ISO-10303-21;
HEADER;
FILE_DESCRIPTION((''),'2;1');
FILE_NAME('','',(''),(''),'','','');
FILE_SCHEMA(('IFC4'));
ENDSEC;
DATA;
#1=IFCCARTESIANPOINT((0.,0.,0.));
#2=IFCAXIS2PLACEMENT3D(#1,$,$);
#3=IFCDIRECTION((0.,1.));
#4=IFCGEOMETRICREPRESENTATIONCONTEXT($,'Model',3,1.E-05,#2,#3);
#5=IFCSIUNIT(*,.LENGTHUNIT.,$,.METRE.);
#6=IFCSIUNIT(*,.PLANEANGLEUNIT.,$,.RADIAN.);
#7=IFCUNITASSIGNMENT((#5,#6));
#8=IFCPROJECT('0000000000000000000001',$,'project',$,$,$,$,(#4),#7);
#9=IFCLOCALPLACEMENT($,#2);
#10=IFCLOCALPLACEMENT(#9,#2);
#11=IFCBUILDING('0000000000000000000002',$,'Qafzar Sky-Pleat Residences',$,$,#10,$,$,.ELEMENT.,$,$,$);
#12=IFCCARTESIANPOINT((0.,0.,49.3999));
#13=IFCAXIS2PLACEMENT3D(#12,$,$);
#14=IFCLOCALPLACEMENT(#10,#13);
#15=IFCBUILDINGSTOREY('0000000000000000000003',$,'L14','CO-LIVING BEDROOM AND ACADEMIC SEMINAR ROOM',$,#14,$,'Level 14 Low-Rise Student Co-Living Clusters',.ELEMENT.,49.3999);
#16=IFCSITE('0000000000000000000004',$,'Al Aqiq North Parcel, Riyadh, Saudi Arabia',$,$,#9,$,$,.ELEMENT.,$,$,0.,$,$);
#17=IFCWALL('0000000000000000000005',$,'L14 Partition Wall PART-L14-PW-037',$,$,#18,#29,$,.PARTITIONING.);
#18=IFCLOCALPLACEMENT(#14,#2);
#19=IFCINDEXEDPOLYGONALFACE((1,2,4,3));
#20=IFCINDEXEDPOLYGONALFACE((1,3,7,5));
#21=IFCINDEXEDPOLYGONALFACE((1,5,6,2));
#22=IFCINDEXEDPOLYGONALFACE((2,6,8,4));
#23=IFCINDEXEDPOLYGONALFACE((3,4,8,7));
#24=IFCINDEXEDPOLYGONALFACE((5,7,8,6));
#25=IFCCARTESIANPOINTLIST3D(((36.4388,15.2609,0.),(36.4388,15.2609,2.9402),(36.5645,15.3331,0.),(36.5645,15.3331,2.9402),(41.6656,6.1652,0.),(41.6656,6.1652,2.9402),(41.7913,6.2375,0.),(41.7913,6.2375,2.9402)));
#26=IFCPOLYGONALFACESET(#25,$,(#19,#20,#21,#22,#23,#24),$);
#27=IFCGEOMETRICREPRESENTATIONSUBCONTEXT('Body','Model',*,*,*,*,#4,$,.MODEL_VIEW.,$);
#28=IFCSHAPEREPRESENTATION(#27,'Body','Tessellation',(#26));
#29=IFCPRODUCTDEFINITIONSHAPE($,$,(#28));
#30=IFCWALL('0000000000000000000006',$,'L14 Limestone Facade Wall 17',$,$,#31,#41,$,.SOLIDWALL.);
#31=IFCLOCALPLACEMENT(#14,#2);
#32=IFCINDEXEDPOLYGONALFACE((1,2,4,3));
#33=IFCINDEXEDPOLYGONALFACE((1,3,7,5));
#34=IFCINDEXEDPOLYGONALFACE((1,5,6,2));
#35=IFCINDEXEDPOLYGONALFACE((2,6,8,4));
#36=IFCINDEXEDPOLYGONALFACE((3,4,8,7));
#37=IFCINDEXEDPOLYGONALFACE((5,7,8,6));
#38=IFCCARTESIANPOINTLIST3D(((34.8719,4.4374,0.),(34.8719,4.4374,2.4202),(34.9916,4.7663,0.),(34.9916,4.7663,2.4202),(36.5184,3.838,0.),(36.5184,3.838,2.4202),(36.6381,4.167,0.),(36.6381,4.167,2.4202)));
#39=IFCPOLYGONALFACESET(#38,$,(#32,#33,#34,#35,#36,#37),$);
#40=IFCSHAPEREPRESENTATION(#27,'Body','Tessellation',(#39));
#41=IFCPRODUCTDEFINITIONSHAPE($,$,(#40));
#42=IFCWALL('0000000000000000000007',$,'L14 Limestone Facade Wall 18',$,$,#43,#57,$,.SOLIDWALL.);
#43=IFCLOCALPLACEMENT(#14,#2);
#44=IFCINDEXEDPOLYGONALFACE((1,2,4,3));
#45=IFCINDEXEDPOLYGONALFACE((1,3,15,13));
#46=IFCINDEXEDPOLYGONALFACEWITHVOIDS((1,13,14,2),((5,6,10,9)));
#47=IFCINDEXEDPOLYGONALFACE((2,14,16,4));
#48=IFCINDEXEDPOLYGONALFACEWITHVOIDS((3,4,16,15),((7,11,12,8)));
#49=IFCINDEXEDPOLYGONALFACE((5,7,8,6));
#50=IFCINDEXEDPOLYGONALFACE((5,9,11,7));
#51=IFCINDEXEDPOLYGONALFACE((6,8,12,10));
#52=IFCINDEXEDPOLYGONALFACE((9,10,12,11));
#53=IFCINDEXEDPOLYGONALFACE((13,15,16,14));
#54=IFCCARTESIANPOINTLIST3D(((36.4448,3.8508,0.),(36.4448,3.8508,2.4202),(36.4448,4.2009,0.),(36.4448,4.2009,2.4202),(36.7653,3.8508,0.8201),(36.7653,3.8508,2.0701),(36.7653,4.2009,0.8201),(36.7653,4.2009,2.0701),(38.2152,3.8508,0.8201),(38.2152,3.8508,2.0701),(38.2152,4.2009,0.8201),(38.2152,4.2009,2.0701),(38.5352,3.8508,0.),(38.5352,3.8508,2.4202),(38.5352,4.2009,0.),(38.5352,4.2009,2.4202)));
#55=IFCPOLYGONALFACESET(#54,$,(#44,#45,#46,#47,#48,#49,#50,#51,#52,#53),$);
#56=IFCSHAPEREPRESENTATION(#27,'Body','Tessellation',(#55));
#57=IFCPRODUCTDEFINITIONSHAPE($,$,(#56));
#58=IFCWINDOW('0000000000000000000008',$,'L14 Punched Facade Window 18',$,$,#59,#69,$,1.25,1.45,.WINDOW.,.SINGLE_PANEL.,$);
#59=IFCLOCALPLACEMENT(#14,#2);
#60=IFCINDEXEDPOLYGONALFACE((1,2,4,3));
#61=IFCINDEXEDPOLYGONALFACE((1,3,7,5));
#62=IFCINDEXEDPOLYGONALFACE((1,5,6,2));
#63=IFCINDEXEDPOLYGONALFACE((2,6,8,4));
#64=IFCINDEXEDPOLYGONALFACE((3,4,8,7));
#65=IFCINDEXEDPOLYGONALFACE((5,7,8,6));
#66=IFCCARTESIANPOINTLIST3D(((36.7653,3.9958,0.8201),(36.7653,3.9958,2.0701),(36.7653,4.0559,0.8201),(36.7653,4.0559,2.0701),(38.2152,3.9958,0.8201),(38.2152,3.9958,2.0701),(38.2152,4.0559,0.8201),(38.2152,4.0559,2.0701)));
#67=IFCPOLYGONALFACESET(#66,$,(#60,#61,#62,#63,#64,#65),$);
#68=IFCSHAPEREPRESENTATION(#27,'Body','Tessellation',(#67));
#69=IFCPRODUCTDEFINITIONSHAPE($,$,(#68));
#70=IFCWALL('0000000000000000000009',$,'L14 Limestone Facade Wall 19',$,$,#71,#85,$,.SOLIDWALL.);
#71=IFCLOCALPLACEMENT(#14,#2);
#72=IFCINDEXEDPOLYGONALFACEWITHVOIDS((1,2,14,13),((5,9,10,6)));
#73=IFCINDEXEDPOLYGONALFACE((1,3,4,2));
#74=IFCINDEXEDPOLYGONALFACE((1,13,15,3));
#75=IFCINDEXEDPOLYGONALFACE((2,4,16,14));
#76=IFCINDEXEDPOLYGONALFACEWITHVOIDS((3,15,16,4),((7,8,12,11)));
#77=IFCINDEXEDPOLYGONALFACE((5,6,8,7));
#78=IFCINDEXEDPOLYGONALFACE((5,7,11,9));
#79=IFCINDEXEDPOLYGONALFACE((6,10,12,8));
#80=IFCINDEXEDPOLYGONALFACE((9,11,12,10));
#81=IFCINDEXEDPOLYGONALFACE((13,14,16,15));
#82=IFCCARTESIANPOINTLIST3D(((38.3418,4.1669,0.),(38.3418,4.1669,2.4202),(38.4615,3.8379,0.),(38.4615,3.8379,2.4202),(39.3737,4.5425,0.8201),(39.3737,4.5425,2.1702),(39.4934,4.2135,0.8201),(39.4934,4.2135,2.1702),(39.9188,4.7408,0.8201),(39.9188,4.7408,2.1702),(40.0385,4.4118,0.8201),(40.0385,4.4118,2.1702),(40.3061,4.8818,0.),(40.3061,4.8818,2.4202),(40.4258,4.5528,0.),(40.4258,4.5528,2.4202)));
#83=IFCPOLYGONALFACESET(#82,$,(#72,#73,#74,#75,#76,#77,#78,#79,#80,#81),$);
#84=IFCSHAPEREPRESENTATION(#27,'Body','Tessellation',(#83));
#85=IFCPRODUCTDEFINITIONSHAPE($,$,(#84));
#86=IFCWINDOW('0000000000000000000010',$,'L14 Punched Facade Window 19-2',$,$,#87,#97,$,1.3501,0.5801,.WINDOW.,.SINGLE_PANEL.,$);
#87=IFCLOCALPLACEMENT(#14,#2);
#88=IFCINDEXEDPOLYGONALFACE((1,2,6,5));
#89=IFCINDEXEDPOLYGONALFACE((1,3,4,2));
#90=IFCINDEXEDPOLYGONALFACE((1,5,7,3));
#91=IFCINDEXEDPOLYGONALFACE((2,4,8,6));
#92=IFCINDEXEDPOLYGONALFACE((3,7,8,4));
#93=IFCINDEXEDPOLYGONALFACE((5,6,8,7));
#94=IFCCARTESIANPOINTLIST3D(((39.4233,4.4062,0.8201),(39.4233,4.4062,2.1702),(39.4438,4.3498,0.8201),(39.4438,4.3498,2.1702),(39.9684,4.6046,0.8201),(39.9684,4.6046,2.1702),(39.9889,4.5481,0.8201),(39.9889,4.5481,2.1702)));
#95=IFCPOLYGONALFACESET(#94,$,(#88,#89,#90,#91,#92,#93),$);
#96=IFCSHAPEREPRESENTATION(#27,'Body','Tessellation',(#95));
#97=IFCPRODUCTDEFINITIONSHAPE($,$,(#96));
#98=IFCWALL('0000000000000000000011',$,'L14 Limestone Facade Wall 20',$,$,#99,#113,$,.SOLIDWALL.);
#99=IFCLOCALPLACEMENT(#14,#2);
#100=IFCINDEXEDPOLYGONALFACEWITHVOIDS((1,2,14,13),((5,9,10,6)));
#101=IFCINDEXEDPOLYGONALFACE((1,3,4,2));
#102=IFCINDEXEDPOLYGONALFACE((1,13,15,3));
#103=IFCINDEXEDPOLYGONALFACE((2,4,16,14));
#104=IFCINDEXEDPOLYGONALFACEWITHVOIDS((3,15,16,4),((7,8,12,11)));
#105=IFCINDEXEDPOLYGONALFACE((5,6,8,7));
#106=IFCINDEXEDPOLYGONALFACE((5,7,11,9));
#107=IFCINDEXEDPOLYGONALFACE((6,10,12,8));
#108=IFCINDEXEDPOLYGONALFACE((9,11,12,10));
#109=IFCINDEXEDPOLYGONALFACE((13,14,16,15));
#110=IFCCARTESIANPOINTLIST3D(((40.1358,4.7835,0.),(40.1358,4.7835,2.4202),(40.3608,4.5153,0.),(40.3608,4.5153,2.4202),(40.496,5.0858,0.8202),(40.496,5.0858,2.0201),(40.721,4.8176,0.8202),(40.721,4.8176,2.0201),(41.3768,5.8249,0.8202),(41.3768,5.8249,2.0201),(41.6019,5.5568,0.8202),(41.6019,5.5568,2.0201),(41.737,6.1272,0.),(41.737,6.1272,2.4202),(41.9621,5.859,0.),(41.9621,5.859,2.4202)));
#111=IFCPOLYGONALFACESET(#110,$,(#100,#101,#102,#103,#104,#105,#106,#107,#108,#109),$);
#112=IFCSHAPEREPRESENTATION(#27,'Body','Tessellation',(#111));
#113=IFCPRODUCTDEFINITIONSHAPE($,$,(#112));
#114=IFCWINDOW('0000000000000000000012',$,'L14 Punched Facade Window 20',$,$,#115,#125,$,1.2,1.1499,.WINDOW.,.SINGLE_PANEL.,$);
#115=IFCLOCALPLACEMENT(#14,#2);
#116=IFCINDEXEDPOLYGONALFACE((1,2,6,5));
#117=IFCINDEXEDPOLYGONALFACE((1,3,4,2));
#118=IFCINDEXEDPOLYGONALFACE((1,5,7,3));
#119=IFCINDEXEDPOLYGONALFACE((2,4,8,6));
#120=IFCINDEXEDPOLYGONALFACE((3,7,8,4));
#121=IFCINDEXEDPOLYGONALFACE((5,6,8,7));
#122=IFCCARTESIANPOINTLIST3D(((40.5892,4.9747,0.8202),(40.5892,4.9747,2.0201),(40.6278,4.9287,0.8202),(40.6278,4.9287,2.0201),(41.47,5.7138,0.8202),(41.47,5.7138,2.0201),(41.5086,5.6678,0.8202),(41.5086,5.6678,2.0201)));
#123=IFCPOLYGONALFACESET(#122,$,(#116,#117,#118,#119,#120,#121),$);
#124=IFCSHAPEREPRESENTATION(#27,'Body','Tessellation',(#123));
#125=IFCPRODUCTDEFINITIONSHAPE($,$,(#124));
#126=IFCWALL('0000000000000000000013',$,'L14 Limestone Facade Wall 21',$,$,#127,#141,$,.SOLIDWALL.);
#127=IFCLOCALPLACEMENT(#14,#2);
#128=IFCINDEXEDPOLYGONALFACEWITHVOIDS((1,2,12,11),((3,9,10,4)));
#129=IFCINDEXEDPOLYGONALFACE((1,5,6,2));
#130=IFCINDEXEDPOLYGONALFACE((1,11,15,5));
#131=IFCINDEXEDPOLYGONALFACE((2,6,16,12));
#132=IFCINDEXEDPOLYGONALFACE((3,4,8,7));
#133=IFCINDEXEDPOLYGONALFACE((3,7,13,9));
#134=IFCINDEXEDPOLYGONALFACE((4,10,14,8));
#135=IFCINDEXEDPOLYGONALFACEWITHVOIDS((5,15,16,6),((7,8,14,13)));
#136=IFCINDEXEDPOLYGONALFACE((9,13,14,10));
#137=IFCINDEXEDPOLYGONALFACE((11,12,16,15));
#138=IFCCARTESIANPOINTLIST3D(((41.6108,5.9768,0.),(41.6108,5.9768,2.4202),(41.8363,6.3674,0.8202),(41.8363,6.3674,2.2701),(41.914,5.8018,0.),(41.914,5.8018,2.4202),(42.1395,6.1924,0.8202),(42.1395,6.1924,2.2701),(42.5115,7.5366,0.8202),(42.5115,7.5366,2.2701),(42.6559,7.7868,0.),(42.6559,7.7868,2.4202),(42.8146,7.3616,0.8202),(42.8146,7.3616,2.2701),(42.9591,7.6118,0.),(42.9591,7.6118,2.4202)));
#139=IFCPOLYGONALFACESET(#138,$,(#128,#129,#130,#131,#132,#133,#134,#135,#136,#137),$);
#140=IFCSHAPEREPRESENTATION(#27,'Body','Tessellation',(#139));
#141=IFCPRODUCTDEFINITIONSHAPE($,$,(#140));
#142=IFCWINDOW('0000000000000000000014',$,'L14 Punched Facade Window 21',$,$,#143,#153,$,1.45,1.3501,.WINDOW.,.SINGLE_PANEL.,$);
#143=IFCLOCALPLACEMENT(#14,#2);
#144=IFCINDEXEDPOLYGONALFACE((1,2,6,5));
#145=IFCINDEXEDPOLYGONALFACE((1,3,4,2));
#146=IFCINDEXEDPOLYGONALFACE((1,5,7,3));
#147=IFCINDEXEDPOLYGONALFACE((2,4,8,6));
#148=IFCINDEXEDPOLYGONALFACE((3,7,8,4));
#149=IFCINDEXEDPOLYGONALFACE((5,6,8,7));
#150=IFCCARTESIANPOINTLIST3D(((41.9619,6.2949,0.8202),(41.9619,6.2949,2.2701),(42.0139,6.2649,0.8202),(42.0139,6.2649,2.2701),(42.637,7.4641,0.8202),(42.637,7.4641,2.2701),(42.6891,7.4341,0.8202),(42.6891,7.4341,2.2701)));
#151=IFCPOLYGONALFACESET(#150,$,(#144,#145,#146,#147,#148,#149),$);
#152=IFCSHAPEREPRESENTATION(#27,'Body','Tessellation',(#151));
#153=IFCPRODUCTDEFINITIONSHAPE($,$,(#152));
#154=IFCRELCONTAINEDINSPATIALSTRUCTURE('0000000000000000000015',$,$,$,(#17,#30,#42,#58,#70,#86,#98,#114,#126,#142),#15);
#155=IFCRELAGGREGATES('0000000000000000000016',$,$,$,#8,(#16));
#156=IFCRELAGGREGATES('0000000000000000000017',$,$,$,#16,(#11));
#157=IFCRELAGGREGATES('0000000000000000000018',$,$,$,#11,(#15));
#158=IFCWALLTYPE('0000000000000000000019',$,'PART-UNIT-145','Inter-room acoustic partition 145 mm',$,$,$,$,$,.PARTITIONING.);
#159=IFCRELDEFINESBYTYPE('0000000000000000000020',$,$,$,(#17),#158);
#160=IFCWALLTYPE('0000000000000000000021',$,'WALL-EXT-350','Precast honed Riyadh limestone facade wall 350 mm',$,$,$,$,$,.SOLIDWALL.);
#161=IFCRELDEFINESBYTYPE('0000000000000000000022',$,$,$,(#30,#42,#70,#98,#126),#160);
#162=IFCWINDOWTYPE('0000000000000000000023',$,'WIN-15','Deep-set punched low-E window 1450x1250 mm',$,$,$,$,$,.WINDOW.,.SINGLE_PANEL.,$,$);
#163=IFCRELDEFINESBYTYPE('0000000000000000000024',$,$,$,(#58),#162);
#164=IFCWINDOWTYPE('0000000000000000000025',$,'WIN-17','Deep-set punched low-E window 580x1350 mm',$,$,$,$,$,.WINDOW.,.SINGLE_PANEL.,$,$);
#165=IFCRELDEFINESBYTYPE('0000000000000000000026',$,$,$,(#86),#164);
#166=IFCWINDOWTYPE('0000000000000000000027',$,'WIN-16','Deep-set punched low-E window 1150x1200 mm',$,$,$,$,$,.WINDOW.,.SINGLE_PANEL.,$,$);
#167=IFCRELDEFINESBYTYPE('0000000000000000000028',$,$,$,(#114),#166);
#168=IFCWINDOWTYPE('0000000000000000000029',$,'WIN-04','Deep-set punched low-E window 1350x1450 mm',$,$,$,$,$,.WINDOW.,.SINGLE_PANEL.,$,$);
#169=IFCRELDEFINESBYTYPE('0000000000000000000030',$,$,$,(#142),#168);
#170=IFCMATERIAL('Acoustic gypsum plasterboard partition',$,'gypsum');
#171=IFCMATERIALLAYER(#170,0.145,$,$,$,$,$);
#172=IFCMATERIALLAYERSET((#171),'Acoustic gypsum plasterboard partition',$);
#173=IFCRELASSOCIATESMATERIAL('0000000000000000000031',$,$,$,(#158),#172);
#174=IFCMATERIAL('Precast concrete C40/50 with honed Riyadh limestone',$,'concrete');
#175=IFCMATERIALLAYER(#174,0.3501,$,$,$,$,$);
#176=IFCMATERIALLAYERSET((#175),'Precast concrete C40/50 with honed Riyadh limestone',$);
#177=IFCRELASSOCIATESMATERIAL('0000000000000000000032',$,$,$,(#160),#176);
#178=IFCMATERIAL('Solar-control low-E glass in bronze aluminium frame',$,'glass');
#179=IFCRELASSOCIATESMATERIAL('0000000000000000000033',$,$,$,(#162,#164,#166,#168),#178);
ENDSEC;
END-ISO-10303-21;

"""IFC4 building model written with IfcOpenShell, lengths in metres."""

from ifc_helpers import new_model, si_unit, direction, frame, frame_2d, origin, place, context, subcontext, project, spatial, rectangle, extrude, source, transform, mapped, material, layer, layer_set, type_object, element, fill, save


model = new_model("IFC4")

# Units and contexts
model_context = context("Model", 3, precision=1e-05, world=origin(), true_north=direction((0.0, 1.0)))
body_context = subcontext(model_context, "Body", "Model", "MODEL_VIEW")
ifc_project = project(units=[si_unit("LENGTHUNIT", "METRE"), si_unit("PLANEANGLEUNIT", "RADIAN")], contexts=[model_context])

# Site, building, storey
site_placement = place(None, origin())
site = spatial("IfcSite", under=ifc_project, at=site_placement, Name="Al Aqiq North Parcel, Riyadh, Saudi Arabia", CompositionType="ELEMENT", RefElevation=0.0)
building_placement = place(site_placement, origin())
building = spatial("IfcBuilding", under=site, at=building_placement, Name="Qafzar Sky-Pleat Residences", CompositionType="ELEMENT")
storey_placement = place(building_placement, frame((0.0, 0.0, 49.3999)))
storey = spatial("IfcBuildingStorey", under=building, at=storey_placement, Name="L14", Description="CO-LIVING BEDROOM AND ACADEMIC SEMINAR ROOM", LongName="Level 14 Low-Rise Student Co-Living Clusters", CompositionType="ELEMENT", Elevation=49.3999)

# Shared definitions
ifc_material_1 = material(Name="Acoustic gypsum plasterboard partition", Category="gypsum")

# Walls
ifc_layer_1 = layer(ifc_material_1, 0.145)
ifc_layer_set_1 = layer_set([ifc_layer_1], Name="Acoustic gypsum plasterboard partition")
wall_type_1 = type_object("IfcWallType", Name="PART-UNIT-145", Description="Inter-room acoustic partition 145 mm", PredefinedType="PARTITIONING", material=ifc_layer_set_1)
wall_1_placement = place(storey_placement, frame((36.5017, 15.2969, 0.0), z_axis=(0.0, 0.0, 1.0), x_axis=(0.49824, -0.867039, 0.0)))
element("IfcWall", 1, at=wall_1_placement, inside=storey, type_object=wall_type_1, Name="L14 Partition Wall PART-L14-PW-037", PredefinedType="PARTITIONING", context=body_context, shape_type="SweptSolid", body=[
    extrude(rectangle(XDim=10.4905, YDim=0.145, at=frame_2d((5.2451, 0.0))), origin(), (0.0, 0.0, 1.0), 2.9402),
])
ifc_material_2 = material(Name="Precast concrete C40/50 with honed Riyadh limestone", Category="concrete")
ifc_layer_2 = layer(ifc_material_2, 0.3501)
ifc_layer_set_2 = layer_set([ifc_layer_2], Name="Precast concrete C40/50 with honed Riyadh limestone")
wall_type_2 = type_object("IfcWallType", Name="WALL-EXT-350", Description="Precast honed Riyadh limestone facade wall 350 mm", PredefinedType="SOLIDWALL", material=ifc_layer_set_2)
wall_2_placement = place(storey_placement, frame((34.9319, 4.6018, 0.0), z_axis=(0.0, 0.0, 1.0), x_axis=(0.939675, -0.342067, 0.0)))
element("IfcWall", 2, at=wall_2_placement, inside=storey, type_object=wall_type_2, Name="L14 Limestone Facade Wall 17", PredefinedType="SOLIDWALL", context=body_context, shape_type="SweptSolid", body=[
    extrude(rectangle(XDim=1.7522, YDim=0.3501, at=frame_2d((0.876, 0.0))), origin(), (0.0, 0.0, 1.0), 2.4202),
])

# Walls, openings, windows
wall_3_placement = place(storey_placement, frame((36.4448, 4.0259, 0.0), z_axis=(0.0, 0.0, 1.0), x_axis=(1.0, 0.0, 0.0)))
wall_3 = element("IfcWall", 3, at=wall_3_placement, inside=storey, type_object=wall_type_2, Name="L14 Limestone Facade Wall 18", PredefinedType="SOLIDWALL", context=body_context, shape_type="SweptSolid", body=[
    extrude(rectangle(XDim=2.0903, YDim=0.3501, at=frame_2d((1.0452, 0.0))), origin(), (0.0, 0.0, 1.0), 2.4202),
])
opening_1_placement = place(wall_3_placement, frame((0.3203, 0.0, 0.8201)))
opening_1 = element("IfcOpeningElement", 4, at=opening_1_placement, cuts=wall_3, PredefinedType="OPENING", context=body_context, shape_type="SweptSolid", body=[
    extrude(rectangle(XDim=1.45, YDim=1.25, at=frame_2d((0.7251, 0.625))), frame((0.0, 0.1851, 0.0), z_axis=(0.0, -1.0, 0.0), x_axis=(1.0, 0.0, 0.0)), (0.0, 0.0, 1.0), 0.3701),
])
ifc_material_3 = material(Name="Solar-control low-E glass in bronze aluminium frame", Category="glass")
window_type_1 = type_object("IfcWindowType", Name="WIN-15", Description="Deep-set punched low-E window 1450x1250 mm", PartitioningType="SINGLE_PANEL", PredefinedType="WINDOW", material=ifc_material_3)
shared_shape_1 = source(origin(), body_context, "Body", "SweptSolid", [
    extrude(rectangle(XDim=1.45, YDim=1.25, at=frame_2d((0.7251, 0.625))), frame((0.0, 0.03, 0.0), z_axis=(0.0, -1.0, 0.0), x_axis=(1.0, 0.0, 0.0)), (0.0, 0.0, 1.0), 0.0601),
])
window_1_placement = place(opening_1_placement, origin())
window_1 = element("IfcWindow", 5, at=window_1_placement, inside=storey, type_object=window_type_1, Name="L14 Punched Facade Window 18", OverallHeight=1.25, OverallWidth=1.45, PartitioningType="SINGLE_PANEL", PredefinedType="WINDOW", context=body_context, shape_type="MappedRepresentation", body=[
    mapped(shared_shape_1, transform((0.0, 0.0, 0.0), x_axis=(1.0, 0.0, 0.0), y_axis=(0.0, 1.0, 0.0), z_axis=(0.0, 0.0, 1.0), scale=1.0)),
])
fill(opening_1, window_1)
wall_4_placement = place(storey_placement, frame((38.4016, 4.0024, 0.0), z_axis=(0.0, 0.0, 1.0), x_axis=(0.939712, 0.341968, 0.0)))
wall_4 = element("IfcWall", 6, at=wall_4_placement, inside=storey, type_object=wall_type_2, Name="L14 Limestone Facade Wall 19", PredefinedType="SOLIDWALL", context=body_context, shape_type="SweptSolid", body=[
    extrude(rectangle(XDim=2.0903, YDim=0.3501, at=frame_2d((1.0452, 0.0))), origin(), (0.0, 0.0, 1.0), 2.4202),
])
opening_2_placement = place(wall_4_placement, frame((1.0981, 0.0, 0.8201)))
opening_2 = element("IfcOpeningElement", 7, at=opening_2_placement, cuts=wall_4, PredefinedType="OPENING", context=body_context, shape_type="SweptSolid", body=[
    extrude(rectangle(XDim=0.5801, YDim=1.3501, at=frame_2d((0.29, 0.675))), frame((0.0, 0.1851, 0.0), z_axis=(0.0, -1.0, 0.0), x_axis=(1.0, 0.0, 0.0)), (0.0, 0.0, 1.0), 0.3701),
])
window_type_2 = type_object("IfcWindowType", Name="WIN-17", Description="Deep-set punched low-E window 580x1350 mm", PartitioningType="SINGLE_PANEL", PredefinedType="WINDOW", material=ifc_material_3)
shared_shape_2 = source(origin(), body_context, "Body", "SweptSolid", [
    extrude(rectangle(XDim=0.5801, YDim=1.3501, at=frame_2d((0.29, 0.675))), frame((0.0, 0.03, 0.0), z_axis=(0.0, -1.0, 0.0), x_axis=(1.0, 0.0, 0.0)), (0.0, 0.0, 1.0), 0.0601),
])
window_2_placement = place(opening_2_placement, origin())
window_2 = element("IfcWindow", 8, at=window_2_placement, inside=storey, type_object=window_type_2, Name="L14 Punched Facade Window 19-2", OverallHeight=1.3501, OverallWidth=0.5801, PartitioningType="SINGLE_PANEL", PredefinedType="WINDOW", context=body_context, shape_type="MappedRepresentation", body=[
    mapped(shared_shape_2, transform((0.0, 0.0, 0.0), x_axis=(1.0, 0.0, 0.0), y_axis=(0.0, 1.0, 0.0), z_axis=(0.0, 0.0, 1.0), scale=1.0)),
])
fill(opening_2, window_2)
wall_5_placement = place(storey_placement, frame((40.2483, 4.6494, 0.0), z_axis=(0.0, 0.0, 1.0), x_axis=(0.766025, 0.642811, 0.0)))
wall_5 = element("IfcWall", 9, at=wall_5_placement, inside=storey, type_object=wall_type_2, Name="L14 Limestone Facade Wall 20", PredefinedType="SOLIDWALL", context=body_context, shape_type="SweptSolid", body=[
    extrude(rectangle(XDim=2.0903, YDim=0.3501, at=frame_2d((1.0452, 0.0))), origin(), (0.0, 0.0, 1.0), 2.4202),
])
opening_3_placement = place(wall_5_placement, frame((0.4702, 0.0, 0.8201)))
opening_3 = element("IfcOpeningElement", 10, at=opening_3_placement, cuts=wall_5, PredefinedType="OPENING", context=body_context, shape_type="SweptSolid", body=[
    extrude(rectangle(XDim=1.1499, YDim=1.2, at=frame_2d((0.575, 0.6001))), frame((0.0, 0.1851, 0.0), z_axis=(0.0, -1.0, 0.0), x_axis=(1.0, 0.0, 0.0)), (0.0, 0.0, 1.0), 0.3701),
])
window_type_3 = type_object("IfcWindowType", Name="WIN-16", Description="Deep-set punched low-E window 1150x1200 mm", PartitioningType="SINGLE_PANEL", PredefinedType="WINDOW", material=ifc_material_3)
shared_shape_3 = source(origin(), body_context, "Body", "SweptSolid", [
    extrude(rectangle(XDim=1.1499, YDim=1.2, at=frame_2d((0.575, 0.6001))), frame((0.0, 0.03, 0.0), z_axis=(0.0, -1.0, 0.0), x_axis=(1.0, 0.0, 0.0)), (0.0, 0.0, 1.0), 0.0601),
])
window_3_placement = place(opening_3_placement, origin())
window_3 = element("IfcWindow", 11, at=window_3_placement, inside=storey, type_object=window_type_3, Name="L14 Punched Facade Window 20", OverallHeight=1.2, OverallWidth=1.1499, PartitioningType="SINGLE_PANEL", PredefinedType="WINDOW", context=body_context, shape_type="MappedRepresentation", body=[
    mapped(shared_shape_3, transform((0.0, 0.0, 0.0), x_axis=(1.0, 0.0, 0.0), y_axis=(0.0, 1.0, 0.0), z_axis=(0.0, 0.0, 1.0), scale=1.0)),
])
fill(opening_3, window_3)
wall_6_placement = place(storey_placement, frame((41.7625, 5.8894, 0.0), z_axis=(0.0, 0.0, 1.0), x_axis=(0.500046, 0.865999, 0.0)))
wall_6 = element("IfcWall", 12, at=wall_6_placement, inside=storey, type_object=wall_type_2, Name="L14 Limestone Facade Wall 21", PredefinedType="SOLIDWALL", context=body_context, shape_type="SweptSolid", body=[
    extrude(rectangle(XDim=2.0901, YDim=0.3501, at=frame_2d((1.0449, 0.0))), origin(), (0.0, 0.0, 1.0), 2.4202),
])
opening_4_placement = place(wall_6_placement, frame((0.4509, 0.0, 0.8201)))
opening_4 = element("IfcOpeningElement", 13, at=opening_4_placement, cuts=wall_6, PredefinedType="OPENING", context=body_context, shape_type="SweptSolid", body=[
    extrude(rectangle(XDim=1.3501, YDim=1.45, at=frame_2d((0.675, 0.7251))), frame((0.0, 0.1851, 0.0), z_axis=(0.0, -1.0, 0.0), x_axis=(1.0, 0.0, 0.0)), (0.0, 0.0, 1.0), 0.3701),
])
window_type_4 = type_object("IfcWindowType", Name="WIN-04", Description="Deep-set punched low-E window 1350x1450 mm", PartitioningType="SINGLE_PANEL", PredefinedType="WINDOW", material=ifc_material_3)
shared_shape_4 = source(origin(), body_context, "Body", "SweptSolid", [
    extrude(rectangle(XDim=1.3501, YDim=1.45, at=frame_2d((0.675, 0.7251))), frame((0.0, 0.03, 0.0), z_axis=(0.0, -1.0, 0.0), x_axis=(1.0, 0.0, 0.0)), (0.0, 0.0, 1.0), 0.0601),
])
window_4_placement = place(opening_4_placement, origin())
window_4 = element("IfcWindow", 14, at=window_4_placement, inside=storey, type_object=window_type_4, Name="L14 Punched Facade Window 21", OverallHeight=1.45, OverallWidth=1.3501, PartitioningType="SINGLE_PANEL", PredefinedType="WINDOW", context=body_context, shape_type="MappedRepresentation", body=[
    mapped(shared_shape_4, transform((0.0, 0.0, 0.0), x_axis=(1.0, 0.0, 0.0), y_axis=(0.0, 1.0, 0.0), z_axis=(0.0, 0.0, 1.0), scale=1.0)),
])
fill(opening_4, window_4)

save(model, "model.ifc")
